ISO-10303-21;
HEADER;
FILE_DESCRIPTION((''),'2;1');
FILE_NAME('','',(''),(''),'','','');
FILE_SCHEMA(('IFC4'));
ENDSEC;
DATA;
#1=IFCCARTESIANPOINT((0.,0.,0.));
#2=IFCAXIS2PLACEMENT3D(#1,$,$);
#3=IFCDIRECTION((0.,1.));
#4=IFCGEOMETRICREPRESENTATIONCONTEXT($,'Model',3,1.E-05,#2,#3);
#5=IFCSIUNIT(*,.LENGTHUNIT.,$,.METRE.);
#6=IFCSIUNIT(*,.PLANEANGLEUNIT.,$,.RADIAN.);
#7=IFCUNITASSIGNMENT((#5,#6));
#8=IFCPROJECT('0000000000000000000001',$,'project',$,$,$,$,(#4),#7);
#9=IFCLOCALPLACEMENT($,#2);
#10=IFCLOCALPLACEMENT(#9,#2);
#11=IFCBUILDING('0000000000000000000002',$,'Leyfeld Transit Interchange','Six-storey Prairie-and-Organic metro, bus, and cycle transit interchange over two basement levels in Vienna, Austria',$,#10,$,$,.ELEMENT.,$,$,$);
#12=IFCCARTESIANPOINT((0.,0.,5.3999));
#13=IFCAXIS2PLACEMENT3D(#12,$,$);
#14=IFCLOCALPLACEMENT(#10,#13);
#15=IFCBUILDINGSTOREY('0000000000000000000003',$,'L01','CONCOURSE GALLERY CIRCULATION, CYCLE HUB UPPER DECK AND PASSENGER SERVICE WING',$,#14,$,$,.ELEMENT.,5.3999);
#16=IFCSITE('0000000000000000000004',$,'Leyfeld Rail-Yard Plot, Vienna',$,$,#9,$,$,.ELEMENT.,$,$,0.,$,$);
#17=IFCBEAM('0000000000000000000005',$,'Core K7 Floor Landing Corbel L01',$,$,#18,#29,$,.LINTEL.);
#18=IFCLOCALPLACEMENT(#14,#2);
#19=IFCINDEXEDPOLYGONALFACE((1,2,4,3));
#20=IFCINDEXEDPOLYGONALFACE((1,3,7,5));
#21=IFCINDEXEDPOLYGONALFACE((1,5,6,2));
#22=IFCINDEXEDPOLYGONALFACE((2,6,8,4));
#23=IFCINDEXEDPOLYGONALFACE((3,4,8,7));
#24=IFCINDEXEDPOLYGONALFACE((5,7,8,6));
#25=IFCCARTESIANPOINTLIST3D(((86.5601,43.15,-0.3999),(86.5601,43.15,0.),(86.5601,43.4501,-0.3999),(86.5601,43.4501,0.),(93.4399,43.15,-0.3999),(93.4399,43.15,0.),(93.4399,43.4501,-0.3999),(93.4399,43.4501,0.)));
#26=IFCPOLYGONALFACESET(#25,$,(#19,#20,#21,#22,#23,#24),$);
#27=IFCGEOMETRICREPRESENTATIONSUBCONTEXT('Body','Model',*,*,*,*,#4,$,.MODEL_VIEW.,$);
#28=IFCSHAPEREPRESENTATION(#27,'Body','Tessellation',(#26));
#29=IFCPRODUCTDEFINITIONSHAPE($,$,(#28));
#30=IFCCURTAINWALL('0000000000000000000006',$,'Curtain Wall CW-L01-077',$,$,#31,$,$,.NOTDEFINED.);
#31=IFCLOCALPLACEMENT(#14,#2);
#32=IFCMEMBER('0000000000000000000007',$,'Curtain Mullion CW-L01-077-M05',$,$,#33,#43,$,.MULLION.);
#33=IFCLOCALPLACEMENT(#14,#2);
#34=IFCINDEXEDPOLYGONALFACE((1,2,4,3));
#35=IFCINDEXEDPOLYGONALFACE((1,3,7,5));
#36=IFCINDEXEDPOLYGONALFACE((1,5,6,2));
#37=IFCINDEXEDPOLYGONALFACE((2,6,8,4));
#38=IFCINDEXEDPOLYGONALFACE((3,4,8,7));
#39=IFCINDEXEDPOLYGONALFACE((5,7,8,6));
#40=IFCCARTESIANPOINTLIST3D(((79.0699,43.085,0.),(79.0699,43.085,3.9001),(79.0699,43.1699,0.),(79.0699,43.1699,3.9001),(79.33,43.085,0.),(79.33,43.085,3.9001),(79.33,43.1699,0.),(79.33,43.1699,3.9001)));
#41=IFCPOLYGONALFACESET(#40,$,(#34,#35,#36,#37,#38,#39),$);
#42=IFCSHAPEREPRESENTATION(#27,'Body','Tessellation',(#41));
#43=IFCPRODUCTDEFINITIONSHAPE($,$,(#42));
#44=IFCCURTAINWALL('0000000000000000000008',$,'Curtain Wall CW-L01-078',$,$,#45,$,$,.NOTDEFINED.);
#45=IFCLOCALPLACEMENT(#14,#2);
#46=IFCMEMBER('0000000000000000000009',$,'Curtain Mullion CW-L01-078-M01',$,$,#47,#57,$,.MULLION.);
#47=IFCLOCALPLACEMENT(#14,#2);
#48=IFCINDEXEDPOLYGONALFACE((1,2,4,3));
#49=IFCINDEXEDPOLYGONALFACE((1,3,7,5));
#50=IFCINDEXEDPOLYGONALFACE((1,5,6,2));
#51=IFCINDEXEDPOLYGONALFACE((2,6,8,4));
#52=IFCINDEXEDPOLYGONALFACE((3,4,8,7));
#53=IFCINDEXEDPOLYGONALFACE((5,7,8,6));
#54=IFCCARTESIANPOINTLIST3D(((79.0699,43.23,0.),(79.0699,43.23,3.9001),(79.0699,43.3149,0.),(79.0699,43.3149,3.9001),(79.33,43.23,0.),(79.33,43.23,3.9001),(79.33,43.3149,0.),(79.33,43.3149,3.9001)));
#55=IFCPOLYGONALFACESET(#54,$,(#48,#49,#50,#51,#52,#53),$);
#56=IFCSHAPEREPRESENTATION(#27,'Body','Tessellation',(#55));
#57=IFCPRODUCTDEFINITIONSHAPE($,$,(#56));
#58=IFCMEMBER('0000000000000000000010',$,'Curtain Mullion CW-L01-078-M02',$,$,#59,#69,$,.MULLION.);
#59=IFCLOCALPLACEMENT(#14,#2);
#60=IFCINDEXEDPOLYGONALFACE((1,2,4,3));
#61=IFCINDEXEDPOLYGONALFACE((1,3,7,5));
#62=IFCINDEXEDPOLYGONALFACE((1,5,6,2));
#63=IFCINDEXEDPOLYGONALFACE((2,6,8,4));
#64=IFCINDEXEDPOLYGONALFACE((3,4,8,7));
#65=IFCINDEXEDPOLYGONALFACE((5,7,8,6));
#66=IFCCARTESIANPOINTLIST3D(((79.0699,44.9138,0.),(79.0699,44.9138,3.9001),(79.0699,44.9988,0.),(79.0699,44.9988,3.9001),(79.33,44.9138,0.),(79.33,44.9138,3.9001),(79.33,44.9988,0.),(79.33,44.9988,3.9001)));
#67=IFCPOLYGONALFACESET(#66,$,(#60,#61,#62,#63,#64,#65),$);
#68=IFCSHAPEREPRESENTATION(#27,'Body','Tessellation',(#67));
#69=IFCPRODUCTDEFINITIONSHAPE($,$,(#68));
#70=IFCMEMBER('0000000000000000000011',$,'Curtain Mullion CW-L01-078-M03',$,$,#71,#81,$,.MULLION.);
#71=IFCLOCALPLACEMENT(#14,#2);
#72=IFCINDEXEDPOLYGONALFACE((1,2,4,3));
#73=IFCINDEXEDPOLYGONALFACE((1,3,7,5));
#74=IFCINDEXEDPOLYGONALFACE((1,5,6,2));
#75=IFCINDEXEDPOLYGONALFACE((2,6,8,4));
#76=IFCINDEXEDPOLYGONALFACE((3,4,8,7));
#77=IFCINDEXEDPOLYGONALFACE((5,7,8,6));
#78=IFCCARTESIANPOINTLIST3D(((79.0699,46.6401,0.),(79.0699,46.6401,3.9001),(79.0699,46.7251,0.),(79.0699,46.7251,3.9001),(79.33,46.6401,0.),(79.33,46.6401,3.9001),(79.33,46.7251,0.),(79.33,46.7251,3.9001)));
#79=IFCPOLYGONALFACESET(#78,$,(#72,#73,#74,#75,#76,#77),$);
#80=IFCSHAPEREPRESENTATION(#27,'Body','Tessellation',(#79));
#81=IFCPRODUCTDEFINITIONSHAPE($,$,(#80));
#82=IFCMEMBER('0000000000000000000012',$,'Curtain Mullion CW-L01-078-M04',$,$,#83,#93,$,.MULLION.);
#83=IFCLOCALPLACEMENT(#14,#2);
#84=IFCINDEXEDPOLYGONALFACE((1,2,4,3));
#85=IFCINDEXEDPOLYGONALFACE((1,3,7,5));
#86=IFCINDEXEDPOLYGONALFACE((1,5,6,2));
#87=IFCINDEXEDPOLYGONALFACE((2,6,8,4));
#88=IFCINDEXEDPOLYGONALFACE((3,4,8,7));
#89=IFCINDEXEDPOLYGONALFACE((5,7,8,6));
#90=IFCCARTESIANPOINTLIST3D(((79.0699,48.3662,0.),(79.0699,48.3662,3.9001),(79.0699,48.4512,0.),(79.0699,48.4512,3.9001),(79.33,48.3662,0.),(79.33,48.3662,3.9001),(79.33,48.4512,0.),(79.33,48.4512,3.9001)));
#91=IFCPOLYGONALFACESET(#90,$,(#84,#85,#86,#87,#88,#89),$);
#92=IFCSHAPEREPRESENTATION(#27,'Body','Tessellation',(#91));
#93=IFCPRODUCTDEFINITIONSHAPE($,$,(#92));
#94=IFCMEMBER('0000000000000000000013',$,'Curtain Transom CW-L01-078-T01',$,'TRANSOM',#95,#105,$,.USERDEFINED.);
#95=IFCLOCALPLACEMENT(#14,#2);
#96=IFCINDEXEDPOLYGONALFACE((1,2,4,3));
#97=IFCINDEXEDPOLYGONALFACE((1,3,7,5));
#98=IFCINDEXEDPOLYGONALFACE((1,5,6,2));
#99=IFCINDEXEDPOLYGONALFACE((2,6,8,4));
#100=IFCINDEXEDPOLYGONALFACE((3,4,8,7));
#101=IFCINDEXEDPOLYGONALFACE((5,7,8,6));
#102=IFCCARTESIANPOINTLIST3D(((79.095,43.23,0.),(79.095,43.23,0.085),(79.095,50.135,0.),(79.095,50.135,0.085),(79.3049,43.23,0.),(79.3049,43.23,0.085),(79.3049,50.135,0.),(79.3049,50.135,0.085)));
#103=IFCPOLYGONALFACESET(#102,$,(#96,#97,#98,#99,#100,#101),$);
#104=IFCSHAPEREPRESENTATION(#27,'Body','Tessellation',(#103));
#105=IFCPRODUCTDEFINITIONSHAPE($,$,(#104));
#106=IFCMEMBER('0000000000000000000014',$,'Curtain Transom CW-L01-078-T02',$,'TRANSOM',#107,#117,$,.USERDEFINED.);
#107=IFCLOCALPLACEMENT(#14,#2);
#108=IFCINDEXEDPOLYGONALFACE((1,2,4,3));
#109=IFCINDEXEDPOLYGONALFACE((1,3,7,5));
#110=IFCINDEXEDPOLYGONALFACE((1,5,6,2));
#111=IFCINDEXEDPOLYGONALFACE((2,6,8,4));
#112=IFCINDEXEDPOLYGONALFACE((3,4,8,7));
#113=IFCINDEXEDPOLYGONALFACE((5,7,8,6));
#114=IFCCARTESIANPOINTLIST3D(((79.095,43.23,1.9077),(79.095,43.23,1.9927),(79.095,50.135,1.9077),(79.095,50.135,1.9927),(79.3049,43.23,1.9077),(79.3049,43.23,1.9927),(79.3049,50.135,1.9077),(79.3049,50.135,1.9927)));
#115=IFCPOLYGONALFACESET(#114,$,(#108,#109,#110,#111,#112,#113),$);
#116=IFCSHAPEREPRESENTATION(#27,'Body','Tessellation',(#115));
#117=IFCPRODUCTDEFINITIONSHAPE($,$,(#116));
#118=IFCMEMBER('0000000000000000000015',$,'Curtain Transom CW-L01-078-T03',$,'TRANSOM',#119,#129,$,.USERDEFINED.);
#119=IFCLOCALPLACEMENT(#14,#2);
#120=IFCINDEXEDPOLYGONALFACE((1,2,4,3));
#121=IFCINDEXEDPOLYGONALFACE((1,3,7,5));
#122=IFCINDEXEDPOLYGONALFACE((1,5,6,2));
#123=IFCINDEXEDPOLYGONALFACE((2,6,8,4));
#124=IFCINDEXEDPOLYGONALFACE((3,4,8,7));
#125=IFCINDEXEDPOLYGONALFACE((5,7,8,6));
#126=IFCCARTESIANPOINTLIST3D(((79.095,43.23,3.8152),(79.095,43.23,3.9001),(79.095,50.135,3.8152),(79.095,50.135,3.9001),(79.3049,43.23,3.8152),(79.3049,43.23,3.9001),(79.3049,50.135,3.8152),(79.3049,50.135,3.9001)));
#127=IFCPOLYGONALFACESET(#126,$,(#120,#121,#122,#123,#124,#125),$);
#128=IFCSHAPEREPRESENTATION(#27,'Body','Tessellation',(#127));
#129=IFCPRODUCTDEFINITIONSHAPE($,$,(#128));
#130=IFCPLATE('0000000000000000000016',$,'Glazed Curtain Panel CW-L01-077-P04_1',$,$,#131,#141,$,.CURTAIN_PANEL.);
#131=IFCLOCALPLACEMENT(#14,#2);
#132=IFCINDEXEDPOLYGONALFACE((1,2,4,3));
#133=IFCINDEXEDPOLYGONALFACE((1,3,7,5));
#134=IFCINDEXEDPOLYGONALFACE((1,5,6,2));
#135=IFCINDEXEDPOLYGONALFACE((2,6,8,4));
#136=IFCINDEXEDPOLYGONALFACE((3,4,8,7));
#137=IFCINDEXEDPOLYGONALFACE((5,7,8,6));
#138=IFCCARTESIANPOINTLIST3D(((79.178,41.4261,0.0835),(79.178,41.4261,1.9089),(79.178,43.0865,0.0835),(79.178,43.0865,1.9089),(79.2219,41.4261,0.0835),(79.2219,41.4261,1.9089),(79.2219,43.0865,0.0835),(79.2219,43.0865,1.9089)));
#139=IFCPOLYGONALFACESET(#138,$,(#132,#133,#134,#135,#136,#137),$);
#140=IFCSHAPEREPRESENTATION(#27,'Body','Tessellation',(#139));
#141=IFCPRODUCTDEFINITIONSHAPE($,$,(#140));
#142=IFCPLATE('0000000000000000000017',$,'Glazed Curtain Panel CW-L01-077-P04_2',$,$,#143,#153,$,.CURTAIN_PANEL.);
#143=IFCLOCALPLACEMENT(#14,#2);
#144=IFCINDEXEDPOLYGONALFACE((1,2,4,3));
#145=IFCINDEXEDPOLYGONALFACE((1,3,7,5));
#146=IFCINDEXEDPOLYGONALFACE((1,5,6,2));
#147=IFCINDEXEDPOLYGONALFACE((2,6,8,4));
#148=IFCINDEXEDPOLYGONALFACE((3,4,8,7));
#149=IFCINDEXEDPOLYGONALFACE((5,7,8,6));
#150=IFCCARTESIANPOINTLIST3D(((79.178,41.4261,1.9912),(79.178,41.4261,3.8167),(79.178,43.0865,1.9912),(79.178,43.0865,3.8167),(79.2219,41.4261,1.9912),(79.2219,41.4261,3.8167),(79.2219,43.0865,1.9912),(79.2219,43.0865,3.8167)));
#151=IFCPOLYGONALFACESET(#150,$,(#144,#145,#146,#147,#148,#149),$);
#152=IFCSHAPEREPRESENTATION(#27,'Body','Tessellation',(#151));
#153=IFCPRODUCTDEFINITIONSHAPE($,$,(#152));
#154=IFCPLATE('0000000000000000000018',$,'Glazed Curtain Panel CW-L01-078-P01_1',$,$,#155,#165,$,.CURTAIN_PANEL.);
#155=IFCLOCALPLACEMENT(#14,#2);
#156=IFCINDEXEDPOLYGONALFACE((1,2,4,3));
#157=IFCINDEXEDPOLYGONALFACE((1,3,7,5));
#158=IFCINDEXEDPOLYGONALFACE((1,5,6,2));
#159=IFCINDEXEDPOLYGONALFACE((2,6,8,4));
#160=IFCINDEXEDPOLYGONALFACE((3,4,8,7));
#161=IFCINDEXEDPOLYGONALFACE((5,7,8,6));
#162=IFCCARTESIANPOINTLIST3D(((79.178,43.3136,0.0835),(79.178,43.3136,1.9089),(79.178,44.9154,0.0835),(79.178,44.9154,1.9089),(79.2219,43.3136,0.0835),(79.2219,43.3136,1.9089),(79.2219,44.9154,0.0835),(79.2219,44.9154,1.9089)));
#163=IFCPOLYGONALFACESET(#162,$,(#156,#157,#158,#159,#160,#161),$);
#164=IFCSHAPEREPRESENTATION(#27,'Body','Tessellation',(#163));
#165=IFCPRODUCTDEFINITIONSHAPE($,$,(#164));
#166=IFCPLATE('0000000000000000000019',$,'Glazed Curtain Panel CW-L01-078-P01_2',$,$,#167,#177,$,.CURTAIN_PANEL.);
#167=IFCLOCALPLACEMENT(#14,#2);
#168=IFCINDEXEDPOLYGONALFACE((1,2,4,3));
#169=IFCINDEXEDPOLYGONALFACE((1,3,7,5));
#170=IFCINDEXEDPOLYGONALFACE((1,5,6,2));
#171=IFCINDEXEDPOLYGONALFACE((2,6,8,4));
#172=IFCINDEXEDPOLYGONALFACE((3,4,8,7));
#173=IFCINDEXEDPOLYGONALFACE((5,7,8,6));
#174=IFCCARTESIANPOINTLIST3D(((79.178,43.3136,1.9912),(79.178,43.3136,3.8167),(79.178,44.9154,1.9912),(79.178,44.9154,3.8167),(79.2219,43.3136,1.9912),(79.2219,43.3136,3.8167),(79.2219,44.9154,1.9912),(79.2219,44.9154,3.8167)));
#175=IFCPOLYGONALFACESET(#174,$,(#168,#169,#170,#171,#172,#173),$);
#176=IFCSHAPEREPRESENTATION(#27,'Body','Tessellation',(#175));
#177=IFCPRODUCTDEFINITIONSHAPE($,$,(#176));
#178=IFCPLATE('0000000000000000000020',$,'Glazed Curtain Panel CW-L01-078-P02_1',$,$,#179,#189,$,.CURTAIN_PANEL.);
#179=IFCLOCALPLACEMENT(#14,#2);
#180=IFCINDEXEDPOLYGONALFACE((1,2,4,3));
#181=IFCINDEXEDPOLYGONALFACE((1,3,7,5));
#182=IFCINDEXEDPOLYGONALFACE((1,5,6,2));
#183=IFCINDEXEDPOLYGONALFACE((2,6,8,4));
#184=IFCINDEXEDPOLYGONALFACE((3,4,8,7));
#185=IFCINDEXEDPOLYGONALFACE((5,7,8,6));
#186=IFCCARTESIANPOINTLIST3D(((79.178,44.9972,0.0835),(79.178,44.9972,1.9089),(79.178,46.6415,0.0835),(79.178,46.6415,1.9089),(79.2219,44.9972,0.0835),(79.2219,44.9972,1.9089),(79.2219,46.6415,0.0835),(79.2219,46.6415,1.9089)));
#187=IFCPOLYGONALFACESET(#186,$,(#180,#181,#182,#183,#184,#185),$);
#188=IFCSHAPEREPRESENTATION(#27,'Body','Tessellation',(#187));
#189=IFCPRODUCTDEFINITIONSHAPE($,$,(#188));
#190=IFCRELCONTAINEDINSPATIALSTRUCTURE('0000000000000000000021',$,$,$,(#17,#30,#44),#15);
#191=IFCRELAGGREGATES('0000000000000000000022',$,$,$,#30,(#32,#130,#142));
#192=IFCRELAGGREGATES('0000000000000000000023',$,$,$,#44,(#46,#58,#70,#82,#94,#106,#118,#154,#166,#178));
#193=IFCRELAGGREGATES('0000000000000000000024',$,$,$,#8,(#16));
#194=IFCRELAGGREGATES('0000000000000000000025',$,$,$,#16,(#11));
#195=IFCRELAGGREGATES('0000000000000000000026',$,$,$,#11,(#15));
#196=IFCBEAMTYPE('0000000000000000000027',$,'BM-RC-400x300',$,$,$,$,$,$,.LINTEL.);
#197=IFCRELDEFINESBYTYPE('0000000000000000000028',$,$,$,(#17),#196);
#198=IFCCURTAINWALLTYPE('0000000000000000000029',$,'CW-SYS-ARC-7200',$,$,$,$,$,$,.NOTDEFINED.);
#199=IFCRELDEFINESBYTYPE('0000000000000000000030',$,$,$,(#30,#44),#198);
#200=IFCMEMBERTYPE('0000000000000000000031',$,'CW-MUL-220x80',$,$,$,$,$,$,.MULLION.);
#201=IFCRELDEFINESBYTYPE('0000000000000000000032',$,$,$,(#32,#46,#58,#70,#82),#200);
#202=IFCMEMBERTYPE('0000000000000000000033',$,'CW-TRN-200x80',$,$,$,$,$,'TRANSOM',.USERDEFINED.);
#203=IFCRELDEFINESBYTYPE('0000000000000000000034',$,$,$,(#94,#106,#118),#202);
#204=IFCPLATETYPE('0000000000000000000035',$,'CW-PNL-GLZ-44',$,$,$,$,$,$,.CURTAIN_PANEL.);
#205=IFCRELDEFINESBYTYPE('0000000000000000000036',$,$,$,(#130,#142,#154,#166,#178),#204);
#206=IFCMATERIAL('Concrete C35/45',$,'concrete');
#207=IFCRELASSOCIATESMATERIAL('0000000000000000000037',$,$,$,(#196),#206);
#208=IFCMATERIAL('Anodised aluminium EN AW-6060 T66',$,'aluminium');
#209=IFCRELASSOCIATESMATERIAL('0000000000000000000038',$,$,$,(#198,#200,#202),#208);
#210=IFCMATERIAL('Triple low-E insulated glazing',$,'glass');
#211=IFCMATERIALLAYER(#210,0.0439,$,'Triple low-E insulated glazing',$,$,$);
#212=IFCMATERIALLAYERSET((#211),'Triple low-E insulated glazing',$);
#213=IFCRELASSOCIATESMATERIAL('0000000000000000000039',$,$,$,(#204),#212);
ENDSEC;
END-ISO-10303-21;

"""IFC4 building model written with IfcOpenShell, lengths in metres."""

from ifc_helpers import new_model, si_unit, direction, frame, origin, origin_2d, place, context, subcontext, project, spatial, rectangle, extrude, material, layer, layer_set, material_profile, profile_set, type_object, element, aggregate, save


model = new_model("IFC4")

# Units and contexts
model_context = context("Model", 3, precision=1e-05, world=origin(), true_north=direction((0.0, 1.0)))
body_context = subcontext(model_context, "Body", "Model", "MODEL_VIEW")
ifc_project = project(units=[si_unit("LENGTHUNIT", "METRE"), si_unit("PLANEANGLEUNIT", "RADIAN")], contexts=[model_context])

# Site, building, storey
site_placement = place(None, origin())
site = spatial("IfcSite", under=ifc_project, at=site_placement, Name="Leyfeld Rail-Yard Plot, Vienna", CompositionType="ELEMENT", RefElevation=0.0)
building_placement = place(site_placement, origin())
building = spatial("IfcBuilding", under=site, at=building_placement, Name="Leyfeld Transit Interchange", Description="Six-storey Prairie-and-Organic metro, bus, and cycle transit interchange over two basement levels in Vienna, Austria", CompositionType="ELEMENT")
storey_placement = place(building_placement, frame((0.0, 0.0, 5.3999)))
storey = spatial("IfcBuildingStorey", under=building, at=storey_placement, Name="L01", Description="CONCOURSE GALLERY CIRCULATION, CYCLE HUB UPPER DECK AND PASSENGER SERVICE WING", CompositionType="ELEMENT", Elevation=5.3999)

# Beam
ifc_material_1 = material(Name="Concrete C35/45", Category="concrete")
ifc_material_profile_1 = material_profile(ifc_material_1, rectangle(XDim=0.3, YDim=0.3999, at=origin_2d()), Name="RC 400x300")
ifc_profile_set_1 = profile_set([ifc_material_profile_1], Name="Concrete C35/45")
beam_type = type_object("IfcBeamType", Name="BM-RC-400x300", PredefinedType="LINTEL", material=ifc_profile_set_1)
beam_placement = place(storey_placement, frame((86.5601, 43.3, -0.2), z_axis=(1.0, 0.0, 0.0), x_axis=(0.0, 1.0, 0.0)))
element("IfcBeam", 1, at=beam_placement, inside=storey, type_object=beam_type, Name="Core K7 Floor Landing Corbel L01", PredefinedType="LINTEL", context=body_context, shape_type="SweptSolid", body=[
    extrude(rectangle(XDim=0.3, YDim=0.3999, at=origin_2d()), origin(), (0.0, 0.0, 1.0), 6.8799),
])

# Curtain wall, member
ifc_material_2 = material(Name="Anodised aluminium EN AW-6060 T66", Category="aluminium")
curtain_wall_type = type_object("IfcCurtainWallType", Name="CW-SYS-ARC-7200", PredefinedType="NOTDEFINED", material=ifc_material_2)
curtain_wall_1_placement = place(storey_placement, origin())
curtain_wall_1 = element("IfcCurtainWall", 2, at=curtain_wall_1_placement, inside=storey, type_object=curtain_wall_type, Name="Curtain Wall CW-L01-077", PredefinedType="NOTDEFINED")
ifc_material_profile_2 = material_profile(ifc_material_2, rectangle(XDim=0.085, YDim=0.26, at=origin_2d()), Name="CW-M 85x260")
ifc_profile_set_2 = profile_set([ifc_material_profile_2], Name="Anodised aluminium EN AW-6060 T66")
member_type_1 = type_object("IfcMemberType", Name="CW-MUL-220x80", PredefinedType="MULLION", material=ifc_profile_set_2)
member_1_placement = place(storey_placement, frame((79.2, 43.1274, 0.0), z_axis=(0.0, 0.0, 1.0), x_axis=(0.0, 1.0, 0.0)))
member_1 = element("IfcMember", 3, at=member_1_placement, type_object=member_type_1, Name="Curtain Mullion CW-L01-077-M05", PredefinedType="MULLION", context=body_context, shape_type="SweptSolid", body=[
    extrude(rectangle(XDim=0.085, YDim=0.26, at=origin_2d()), origin(), (0.0, 0.0, 1.0), 3.9001),
])

# Curtain wall, members
curtain_wall_2_placement = place(storey_placement, origin())
curtain_wall_2 = element("IfcCurtainWall", 4, at=curtain_wall_2_placement, inside=storey, type_object=curtain_wall_type, Name="Curtain Wall CW-L01-078", PredefinedType="NOTDEFINED")
member_2_placement = place(storey_placement, frame((79.2, 43.2725, 0.0), z_axis=(0.0, 0.0, 1.0), x_axis=(0.0, 1.0, 0.0)))
member_2 = element("IfcMember", 5, at=member_2_placement, type_object=member_type_1, Name="Curtain Mullion CW-L01-078-M01", PredefinedType="MULLION", context=body_context, shape_type="SweptSolid", body=[
    extrude(rectangle(XDim=0.085, YDim=0.26, at=origin_2d()), origin(), (0.0, 0.0, 1.0), 3.9001),
])
member_3_placement = place(storey_placement, frame((79.2, 44.9563, 0.0), z_axis=(0.0, 0.0, 1.0), x_axis=(0.0, 1.0, 0.0)))
member_3 = element("IfcMember", 6, at=member_3_placement, type_object=member_type_1, Name="Curtain Mullion CW-L01-078-M02", PredefinedType="MULLION", context=body_context, shape_type="SweptSolid", body=[
    extrude(rectangle(XDim=0.085, YDim=0.26, at=origin_2d()), origin(), (0.0, 0.0, 1.0), 3.9001),
])
member_4_placement = place(storey_placement, frame((79.2, 46.6826, 0.0), z_axis=(0.0, 0.0, 1.0), x_axis=(0.0, 1.0, 0.0)))
member_4 = element("IfcMember", 7, at=member_4_placement, type_object=member_type_1, Name="Curtain Mullion CW-L01-078-M03", PredefinedType="MULLION", context=body_context, shape_type="SweptSolid", body=[
    extrude(rectangle(XDim=0.085, YDim=0.26, at=origin_2d()), origin(), (0.0, 0.0, 1.0), 3.9001),
])
member_5_placement = place(storey_placement, frame((79.2, 48.4087, 0.0), z_axis=(0.0, 0.0, 1.0), x_axis=(0.0, 1.0, 0.0)))
member_5 = element("IfcMember", 8, at=member_5_placement, type_object=member_type_1, Name="Curtain Mullion CW-L01-078-M04", PredefinedType="MULLION", context=body_context, shape_type="SweptSolid", body=[
    extrude(rectangle(XDim=0.085, YDim=0.26, at=origin_2d()), origin(), (0.0, 0.0, 1.0), 3.9001),
])
ifc_material_profile_3 = material_profile(ifc_material_2, rectangle(XDim=0.21, YDim=0.085, at=origin_2d()), Name="CW-TRN-200x80")
ifc_profile_set_3 = profile_set([ifc_material_profile_3], Name="Anodised aluminium EN AW-6060 T66")
member_type_2 = type_object("IfcMemberType", Name="CW-TRN-200x80", ElementType="TRANSOM", PredefinedType="USERDEFINED", material=ifc_profile_set_3)
member_6_placement = place(storey_placement, frame((79.2, 43.23, 0.0425), z_axis=(0.0, 1.0, 0.0), x_axis=(-1.0, 0.0, 0.0)))
member_6 = element("IfcMember", 9, at=member_6_placement, type_object=member_type_2, Name="Curtain Transom CW-L01-078-T01", ObjectType="TRANSOM", PredefinedType="USERDEFINED", context=body_context, shape_type="SweptSolid", body=[
    extrude(rectangle(XDim=0.21, YDim=0.085, at=origin_2d()), origin(), (0.0, 0.0, 1.0), 6.905),
])
member_7_placement = place(storey_placement, frame((79.2, 43.23, 1.9502), z_axis=(0.0, 1.0, 0.0), x_axis=(-1.0, 0.0, 0.0)))
member_7 = element("IfcMember", 10, at=member_7_placement, type_object=member_type_2, Name="Curtain Transom CW-L01-078-T02", ObjectType="TRANSOM", PredefinedType="USERDEFINED", context=body_context, shape_type="SweptSolid", body=[
    extrude(rectangle(XDim=0.21, YDim=0.085, at=origin_2d()), origin(), (0.0, 0.0, 1.0), 6.905),
])
member_8_placement = place(storey_placement, frame((79.2, 43.23, 3.8577), z_axis=(0.0, 1.0, 0.0), x_axis=(-1.0, 0.0, 0.0)))
member_8 = element("IfcMember", 11, at=member_8_placement, type_object=member_type_2, Name="Curtain Transom CW-L01-078-T03", ObjectType="TRANSOM", PredefinedType="USERDEFINED", context=body_context, shape_type="SweptSolid", body=[
    extrude(rectangle(XDim=0.21, YDim=0.085, at=origin_2d()), origin(), (0.0, 0.0, 1.0), 6.905),
])

# Plates
ifc_material_3 = material(Name="Triple low-E insulated glazing", Category="glass")
ifc_layer_1 = layer(ifc_material_3, 0.0439, Name="Triple low-E insulated glazing")
ifc_layer_set_1 = layer_set([ifc_layer_1], Name="Triple low-E insulated glazing")
plate_type = type_object("IfcPlateType", Name="CW-PNL-GLZ-44", PredefinedType="CURTAIN_PANEL", material=ifc_layer_set_1)
plate_1_placement = place(storey_placement, frame((79.2, 42.2563, 0.0835), z_axis=(0.0, 0.0, 1.0), x_axis=(0.0, 1.0, 0.0)))
plate_1 = element("IfcPlate", 12, at=plate_1_placement, type_object=plate_type, Name="Glazed Curtain Panel CW-L01-077-P04_1", PredefinedType="CURTAIN_PANEL", context=body_context, shape_type="SweptSolid", body=[
    extrude(rectangle(XDim=1.6604, YDim=0.0439, at=origin_2d()), origin(), (0.0, 0.0, 1.0), 1.8254),
])
plate_2_placement = place(storey_placement, frame((79.2, 42.2563, 1.9912), z_axis=(0.0, 0.0, 1.0), x_axis=(0.0, 1.0, 0.0)))
plate_2 = element("IfcPlate", 13, at=plate_2_placement, type_object=plate_type, Name="Glazed Curtain Panel CW-L01-077-P04_2", PredefinedType="CURTAIN_PANEL", context=body_context, shape_type="SweptSolid", body=[
    extrude(rectangle(XDim=1.6604, YDim=0.0439, at=origin_2d()), origin(), (0.0, 0.0, 1.0), 1.8254),
])
aggregate(curtain_wall_1, [member_1, plate_1, plate_2])
plate_3_placement = place(storey_placement, frame((79.2, 44.1145, 0.0835), z_axis=(0.0, 0.0, 1.0), x_axis=(0.0, 1.0, 0.0)))
plate_3 = element("IfcPlate", 14, at=plate_3_placement, type_object=plate_type, Name="Glazed Curtain Panel CW-L01-078-P01_1", PredefinedType="CURTAIN_PANEL", context=body_context, shape_type="SweptSolid", body=[
    extrude(rectangle(XDim=1.6018, YDim=0.0439, at=origin_2d()), origin(), (0.0, 0.0, 1.0), 1.8254),
])
plate_4_placement = place(storey_placement, frame((79.2, 44.1145, 1.9912), z_axis=(0.0, 0.0, 1.0), x_axis=(0.0, 1.0, 0.0)))
plate_4 = element("IfcPlate", 15, at=plate_4_placement, type_object=plate_type, Name="Glazed Curtain Panel CW-L01-078-P01_2", PredefinedType="CURTAIN_PANEL", context=body_context, shape_type="SweptSolid", body=[
    extrude(rectangle(XDim=1.6018, YDim=0.0439, at=origin_2d()), origin(), (0.0, 0.0, 1.0), 1.8254),
])
plate_5_placement = place(storey_placement, frame((79.2, 45.8193, 0.0835), z_axis=(0.0, 0.0, 1.0), x_axis=(0.0, 1.0, 0.0)))
plate_5 = element("IfcPlate", 16, at=plate_5_placement, type_object=plate_type, Name="Glazed Curtain Panel CW-L01-078-P02_1", PredefinedType="CURTAIN_PANEL", context=body_context, shape_type="SweptSolid", body=[
    extrude(rectangle(XDim=1.6443, YDim=0.0439, at=origin_2d()), origin(), (0.0, 0.0, 1.0), 1.8254),
])
aggregate(curtain_wall_2, [member_2, member_3, member_4, member_5, member_6, member_7, member_8, plate_3, plate_4, plate_5])

save(model, "model.ifc")
